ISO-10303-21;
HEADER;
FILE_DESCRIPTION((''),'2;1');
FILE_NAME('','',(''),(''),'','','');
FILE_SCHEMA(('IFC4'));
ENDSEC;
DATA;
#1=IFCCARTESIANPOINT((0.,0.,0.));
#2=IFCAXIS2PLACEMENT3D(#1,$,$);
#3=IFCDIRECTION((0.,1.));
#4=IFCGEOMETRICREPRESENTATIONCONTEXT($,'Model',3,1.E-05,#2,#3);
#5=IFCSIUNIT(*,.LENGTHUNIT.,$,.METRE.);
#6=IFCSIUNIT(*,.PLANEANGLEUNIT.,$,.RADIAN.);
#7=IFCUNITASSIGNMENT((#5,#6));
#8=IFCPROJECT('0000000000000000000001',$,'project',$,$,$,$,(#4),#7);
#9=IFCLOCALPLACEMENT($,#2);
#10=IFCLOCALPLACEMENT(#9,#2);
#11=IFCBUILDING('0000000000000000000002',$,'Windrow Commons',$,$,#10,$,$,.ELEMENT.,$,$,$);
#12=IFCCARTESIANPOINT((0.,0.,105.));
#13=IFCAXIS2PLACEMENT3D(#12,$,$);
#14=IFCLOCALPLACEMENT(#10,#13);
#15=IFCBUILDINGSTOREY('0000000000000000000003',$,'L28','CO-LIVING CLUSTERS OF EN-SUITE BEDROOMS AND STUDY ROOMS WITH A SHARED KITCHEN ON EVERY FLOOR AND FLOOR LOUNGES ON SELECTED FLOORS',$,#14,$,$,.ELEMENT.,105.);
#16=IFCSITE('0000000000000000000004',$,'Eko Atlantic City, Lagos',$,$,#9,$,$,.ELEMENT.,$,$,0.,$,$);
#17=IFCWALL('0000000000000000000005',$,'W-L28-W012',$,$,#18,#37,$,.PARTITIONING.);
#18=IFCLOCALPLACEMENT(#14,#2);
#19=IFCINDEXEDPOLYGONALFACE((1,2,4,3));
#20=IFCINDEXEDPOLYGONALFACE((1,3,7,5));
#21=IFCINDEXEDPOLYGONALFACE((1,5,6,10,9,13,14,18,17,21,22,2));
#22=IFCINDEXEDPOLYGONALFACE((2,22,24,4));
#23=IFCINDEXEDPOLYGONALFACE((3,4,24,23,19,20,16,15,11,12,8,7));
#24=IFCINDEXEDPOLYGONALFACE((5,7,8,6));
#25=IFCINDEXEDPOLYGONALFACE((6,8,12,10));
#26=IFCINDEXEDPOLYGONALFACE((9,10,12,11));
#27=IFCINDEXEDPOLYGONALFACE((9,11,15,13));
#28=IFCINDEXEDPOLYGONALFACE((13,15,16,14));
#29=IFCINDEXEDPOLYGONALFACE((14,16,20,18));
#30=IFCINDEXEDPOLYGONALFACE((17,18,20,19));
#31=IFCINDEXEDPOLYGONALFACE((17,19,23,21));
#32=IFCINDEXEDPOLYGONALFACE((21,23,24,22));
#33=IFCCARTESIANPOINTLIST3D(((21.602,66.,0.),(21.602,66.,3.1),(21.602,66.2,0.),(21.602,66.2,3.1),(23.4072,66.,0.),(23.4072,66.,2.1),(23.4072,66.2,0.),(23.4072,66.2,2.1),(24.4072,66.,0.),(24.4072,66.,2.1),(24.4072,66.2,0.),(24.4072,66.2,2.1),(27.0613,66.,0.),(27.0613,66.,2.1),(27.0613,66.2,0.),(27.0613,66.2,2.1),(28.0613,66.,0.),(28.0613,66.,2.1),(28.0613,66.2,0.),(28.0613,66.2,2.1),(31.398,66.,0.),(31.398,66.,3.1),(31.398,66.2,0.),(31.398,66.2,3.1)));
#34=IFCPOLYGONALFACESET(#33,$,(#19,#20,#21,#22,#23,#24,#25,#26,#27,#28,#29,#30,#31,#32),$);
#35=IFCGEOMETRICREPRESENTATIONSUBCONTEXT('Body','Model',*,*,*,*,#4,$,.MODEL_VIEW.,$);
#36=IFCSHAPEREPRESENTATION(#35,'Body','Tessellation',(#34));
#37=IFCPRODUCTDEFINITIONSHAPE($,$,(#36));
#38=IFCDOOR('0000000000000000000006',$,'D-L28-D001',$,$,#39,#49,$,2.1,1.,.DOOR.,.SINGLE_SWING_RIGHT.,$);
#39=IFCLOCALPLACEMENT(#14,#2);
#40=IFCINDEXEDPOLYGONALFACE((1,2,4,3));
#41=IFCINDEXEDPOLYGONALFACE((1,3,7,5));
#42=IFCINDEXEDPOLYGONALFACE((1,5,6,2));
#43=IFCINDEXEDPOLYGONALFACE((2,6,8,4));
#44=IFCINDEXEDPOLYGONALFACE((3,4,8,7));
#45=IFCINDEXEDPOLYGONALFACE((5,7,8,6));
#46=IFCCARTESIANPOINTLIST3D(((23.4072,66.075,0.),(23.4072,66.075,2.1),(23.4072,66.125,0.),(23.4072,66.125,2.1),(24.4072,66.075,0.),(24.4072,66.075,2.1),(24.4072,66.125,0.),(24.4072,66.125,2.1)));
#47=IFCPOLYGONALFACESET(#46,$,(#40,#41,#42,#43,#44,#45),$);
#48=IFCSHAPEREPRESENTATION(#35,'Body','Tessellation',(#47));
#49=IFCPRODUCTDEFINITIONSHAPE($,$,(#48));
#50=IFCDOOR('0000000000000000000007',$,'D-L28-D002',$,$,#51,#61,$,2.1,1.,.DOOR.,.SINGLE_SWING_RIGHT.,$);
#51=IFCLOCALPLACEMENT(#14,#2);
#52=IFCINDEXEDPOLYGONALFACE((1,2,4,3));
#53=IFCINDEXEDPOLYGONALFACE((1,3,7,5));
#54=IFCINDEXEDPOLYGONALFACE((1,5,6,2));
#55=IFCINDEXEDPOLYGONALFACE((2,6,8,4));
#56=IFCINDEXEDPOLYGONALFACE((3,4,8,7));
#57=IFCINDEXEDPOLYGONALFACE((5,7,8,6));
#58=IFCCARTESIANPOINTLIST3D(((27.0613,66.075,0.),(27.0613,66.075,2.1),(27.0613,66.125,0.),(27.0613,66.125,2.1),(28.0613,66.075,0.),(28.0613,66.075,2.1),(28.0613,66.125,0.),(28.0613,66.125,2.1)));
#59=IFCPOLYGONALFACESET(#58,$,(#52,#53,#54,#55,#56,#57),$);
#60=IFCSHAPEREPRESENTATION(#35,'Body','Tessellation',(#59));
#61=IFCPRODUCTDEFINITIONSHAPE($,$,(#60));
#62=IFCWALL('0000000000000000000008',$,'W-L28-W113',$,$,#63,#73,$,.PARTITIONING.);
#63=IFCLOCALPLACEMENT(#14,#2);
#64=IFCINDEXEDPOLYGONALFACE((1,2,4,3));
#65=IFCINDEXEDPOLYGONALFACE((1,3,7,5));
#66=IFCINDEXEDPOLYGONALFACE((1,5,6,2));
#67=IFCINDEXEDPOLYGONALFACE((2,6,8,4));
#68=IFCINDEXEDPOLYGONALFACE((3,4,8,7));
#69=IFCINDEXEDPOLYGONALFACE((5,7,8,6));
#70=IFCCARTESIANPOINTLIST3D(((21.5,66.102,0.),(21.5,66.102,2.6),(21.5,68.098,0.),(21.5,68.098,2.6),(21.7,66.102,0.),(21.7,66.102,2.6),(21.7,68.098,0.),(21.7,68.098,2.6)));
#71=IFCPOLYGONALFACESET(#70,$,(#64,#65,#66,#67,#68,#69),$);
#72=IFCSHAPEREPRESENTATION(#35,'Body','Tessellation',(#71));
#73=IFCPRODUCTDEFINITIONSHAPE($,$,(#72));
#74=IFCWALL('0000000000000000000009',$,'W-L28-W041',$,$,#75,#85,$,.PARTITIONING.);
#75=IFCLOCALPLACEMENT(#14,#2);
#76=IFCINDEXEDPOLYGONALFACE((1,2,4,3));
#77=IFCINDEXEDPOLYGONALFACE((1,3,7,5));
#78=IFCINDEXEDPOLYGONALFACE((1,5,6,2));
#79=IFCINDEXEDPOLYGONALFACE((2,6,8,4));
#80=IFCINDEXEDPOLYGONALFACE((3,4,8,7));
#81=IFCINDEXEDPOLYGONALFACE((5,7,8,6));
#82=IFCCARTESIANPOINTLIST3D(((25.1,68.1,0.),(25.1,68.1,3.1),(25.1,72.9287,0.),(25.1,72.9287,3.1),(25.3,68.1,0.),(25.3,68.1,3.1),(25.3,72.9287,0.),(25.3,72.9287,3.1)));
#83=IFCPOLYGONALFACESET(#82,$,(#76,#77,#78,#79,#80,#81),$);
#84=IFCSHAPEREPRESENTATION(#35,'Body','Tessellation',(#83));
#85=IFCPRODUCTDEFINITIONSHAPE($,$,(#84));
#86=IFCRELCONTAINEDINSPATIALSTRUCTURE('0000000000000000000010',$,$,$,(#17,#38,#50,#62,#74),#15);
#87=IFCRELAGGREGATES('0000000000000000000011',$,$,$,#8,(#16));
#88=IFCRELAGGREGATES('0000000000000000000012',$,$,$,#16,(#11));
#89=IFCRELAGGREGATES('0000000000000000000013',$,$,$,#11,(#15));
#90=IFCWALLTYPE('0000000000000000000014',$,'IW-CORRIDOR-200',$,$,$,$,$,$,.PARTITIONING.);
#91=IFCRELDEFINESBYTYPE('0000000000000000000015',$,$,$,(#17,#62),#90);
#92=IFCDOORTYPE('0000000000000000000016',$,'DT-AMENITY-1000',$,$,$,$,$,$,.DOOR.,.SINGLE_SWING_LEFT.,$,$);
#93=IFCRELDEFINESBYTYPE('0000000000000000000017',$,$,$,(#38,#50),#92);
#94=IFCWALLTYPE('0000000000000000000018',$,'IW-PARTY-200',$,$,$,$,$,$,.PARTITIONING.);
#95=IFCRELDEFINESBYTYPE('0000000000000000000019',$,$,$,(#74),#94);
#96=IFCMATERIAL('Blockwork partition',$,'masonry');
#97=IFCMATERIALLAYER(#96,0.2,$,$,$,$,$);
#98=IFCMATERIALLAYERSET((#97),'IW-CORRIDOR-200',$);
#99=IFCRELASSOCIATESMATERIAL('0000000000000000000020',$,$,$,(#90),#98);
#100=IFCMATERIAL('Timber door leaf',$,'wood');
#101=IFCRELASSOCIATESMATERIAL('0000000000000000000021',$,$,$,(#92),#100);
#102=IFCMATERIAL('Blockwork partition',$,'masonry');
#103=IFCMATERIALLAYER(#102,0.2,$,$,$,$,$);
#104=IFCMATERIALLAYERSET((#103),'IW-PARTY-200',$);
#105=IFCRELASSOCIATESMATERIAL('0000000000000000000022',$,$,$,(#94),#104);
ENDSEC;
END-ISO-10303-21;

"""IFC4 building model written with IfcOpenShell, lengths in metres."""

from ifc_helpers import new_model, si_unit, direction, frame, frame_2d, origin, place, context, subcontext, project, spatial, rectangle, extrude, material, layer, layer_set, type_object, element, fill, save


model = new_model("IFC4")

# Units and contexts
model_context = context("Model", 3, precision=1e-05, world=origin(), true_north=direction((0.0, 1.0)))
body_context = subcontext(model_context, "Body", "Model", "MODEL_VIEW")
ifc_project = project(units=[si_unit("LENGTHUNIT", "METRE"), si_unit("PLANEANGLEUNIT", "RADIAN")], contexts=[model_context])

# Site, building, storey
site_placement = place(None, origin())
site = spatial("IfcSite", under=ifc_project, at=site_placement, Name="Eko Atlantic City, Lagos", CompositionType="ELEMENT", RefElevation=0.0)
building_placement = place(site_placement, origin())
building = spatial("IfcBuilding", under=site, at=building_placement, Name="Windrow Commons", CompositionType="ELEMENT")
storey_placement = place(building_placement, frame((0.0, 0.0, 105.0)))
storey = spatial("IfcBuildingStorey", under=building, at=storey_placement, Name="L28", Description="CO-LIVING CLUSTERS OF EN-SUITE BEDROOMS AND STUDY ROOMS WITH A SHARED KITCHEN ON EVERY FLOOR AND FLOOR LOUNGES ON SELECTED FLOORS", CompositionType="ELEMENT", Elevation=105.0)

# Shared definitions
ifc_material_1 = material(Name="Blockwork partition", Category="masonry")
ifc_layer_1 = layer(ifc_material_1, 0.2)
ifc_layer_set_1 = layer_set([ifc_layer_1], Name="IW-CORRIDOR-200")
wall_type_1 = type_object("IfcWallType", Name="IW-CORRIDOR-200", PredefinedType="PARTITIONING", material=ifc_layer_set_1)
ifc_material_2 = material(Name="Timber door leaf", Category="wood")
door_type = type_object("IfcDoorType", Name="DT-AMENITY-1000", OperationType="SINGLE_SWING_LEFT", PredefinedType="DOOR", material=ifc_material_2)

# Wall, openings, doors
wall_1_placement = place(storey_placement, frame((21.602, 66.1, 0.0), z_axis=(0.0, 0.0, 1.0), x_axis=(1.0, 0.0, 0.0)))
wall_1 = element("IfcWall", 1, at=wall_1_placement, inside=storey, type_object=wall_type_1, Name="W-L28-W012", PredefinedType="PARTITIONING", context=body_context, shape_type="SweptSolid", body=[
    extrude(rectangle(XDim=9.796, YDim=0.2, at=frame_2d((4.898, 0.0))), origin(), (0.0, 0.0, 1.0), 3.1),
])
opening_1_placement = place(wall_1_placement, frame((1.8052, 0.0, 0.0)))
opening_1 = element("IfcOpeningElement", 2, at=opening_1_placement, cuts=wall_1, PredefinedType="OPENING", context=body_context, shape_type="SweptSolid", body=[
    extrude(rectangle(XDim=1.0, YDim=2.1, at=frame_2d((0.5, 1.05))), frame((0.0, 0.11, 0.0), z_axis=(0.0, -1.0, 0.0), x_axis=(1.0, 0.0, 0.0)), (0.0, 0.0, 1.0), 0.22),
])
opening_2_placement = place(wall_1_placement, frame((5.4593, 0.0, 0.0)))
opening_2 = element("IfcOpeningElement", 3, at=opening_2_placement, cuts=wall_1, PredefinedType="OPENING", context=body_context, shape_type="SweptSolid", body=[
    extrude(rectangle(XDim=1.0, YDim=2.1, at=frame_2d((0.5, 1.05))), frame((0.0, 0.11, 0.0), z_axis=(0.0, -1.0, 0.0), x_axis=(1.0, 0.0, 0.0)), (0.0, 0.0, 1.0), 0.22),
])
door_1_placement = place(opening_1_placement, origin())
door_1 = element("IfcDoor", 4, at=door_1_placement, inside=storey, type_object=door_type, Name="D-L28-D001", OperationType="SINGLE_SWING_RIGHT", OverallHeight=2.1, OverallWidth=1.0, PredefinedType="DOOR", context=body_context, shape_type="SweptSolid", body=[
    extrude(rectangle(XDim=1.0, YDim=2.1, at=frame_2d((0.5, 1.05))), frame((0.0, 0.025, 0.0), z_axis=(0.0, -1.0, 0.0), x_axis=(1.0, 0.0, 0.0)), (0.0, 0.0, 1.0), 0.05),
])
fill(opening_1, door_1)
door_2_placement = place(opening_2_placement, origin())
door_2 = element("IfcDoor", 5, at=door_2_placement, inside=storey, type_object=door_type, Name="D-L28-D002", OperationType="SINGLE_SWING_RIGHT", OverallHeight=2.1, OverallWidth=1.0, PredefinedType="DOOR", context=body_context, shape_type="SweptSolid", body=[
    extrude(rectangle(XDim=1.0, YDim=2.1, at=frame_2d((0.5, 1.05))), frame((0.0, 0.025, 0.0), z_axis=(0.0, -1.0, 0.0), x_axis=(1.0, 0.0, 0.0)), (0.0, 0.0, 1.0), 0.05),
])
fill(opening_2, door_2)

# Walls
wall_2_placement = place(storey_placement, frame((21.6, 66.102, 0.0), z_axis=(0.0, 0.0, 1.0), x_axis=(0.0, 1.0, 0.0)))
element("IfcWall", 6, at=wall_2_placement, inside=storey, type_object=wall_type_1, Name="W-L28-W113", PredefinedType="PARTITIONING", context=body_context, shape_type="SweptSolid", body=[
    extrude(rectangle(XDim=1.996, YDim=0.2, at=frame_2d((0.998, 0.0))), origin(), (0.0, 0.0, 1.0), 2.6),
])
ifc_material_3 = material(Name="Blockwork partition", Category="masonry")
ifc_layer_2 = layer(ifc_material_3, 0.2)
ifc_layer_set_2 = layer_set([ifc_layer_2], Name="IW-PARTY-200")
wall_type_2 = type_object("IfcWallType", Name="IW-PARTY-200", PredefinedType="PARTITIONING", material=ifc_layer_set_2)
wall_3_placement = place(storey_placement, frame((25.2, 68.1, 0.0), z_axis=(0.0, 0.0, 1.0), x_axis=(0.0, 1.0, 0.0)))
element("IfcWall", 7, at=wall_3_placement, inside=storey, type_object=wall_type_2, Name="W-L28-W041", PredefinedType="PARTITIONING", context=body_context, shape_type="SweptSolid", body=[
    extrude(rectangle(XDim=4.8287, YDim=0.2, at=frame_2d((2.4144, 0.0))), origin(), (0.0, 0.0, 1.0), 3.1),
])

save(model, "model.ifc")
